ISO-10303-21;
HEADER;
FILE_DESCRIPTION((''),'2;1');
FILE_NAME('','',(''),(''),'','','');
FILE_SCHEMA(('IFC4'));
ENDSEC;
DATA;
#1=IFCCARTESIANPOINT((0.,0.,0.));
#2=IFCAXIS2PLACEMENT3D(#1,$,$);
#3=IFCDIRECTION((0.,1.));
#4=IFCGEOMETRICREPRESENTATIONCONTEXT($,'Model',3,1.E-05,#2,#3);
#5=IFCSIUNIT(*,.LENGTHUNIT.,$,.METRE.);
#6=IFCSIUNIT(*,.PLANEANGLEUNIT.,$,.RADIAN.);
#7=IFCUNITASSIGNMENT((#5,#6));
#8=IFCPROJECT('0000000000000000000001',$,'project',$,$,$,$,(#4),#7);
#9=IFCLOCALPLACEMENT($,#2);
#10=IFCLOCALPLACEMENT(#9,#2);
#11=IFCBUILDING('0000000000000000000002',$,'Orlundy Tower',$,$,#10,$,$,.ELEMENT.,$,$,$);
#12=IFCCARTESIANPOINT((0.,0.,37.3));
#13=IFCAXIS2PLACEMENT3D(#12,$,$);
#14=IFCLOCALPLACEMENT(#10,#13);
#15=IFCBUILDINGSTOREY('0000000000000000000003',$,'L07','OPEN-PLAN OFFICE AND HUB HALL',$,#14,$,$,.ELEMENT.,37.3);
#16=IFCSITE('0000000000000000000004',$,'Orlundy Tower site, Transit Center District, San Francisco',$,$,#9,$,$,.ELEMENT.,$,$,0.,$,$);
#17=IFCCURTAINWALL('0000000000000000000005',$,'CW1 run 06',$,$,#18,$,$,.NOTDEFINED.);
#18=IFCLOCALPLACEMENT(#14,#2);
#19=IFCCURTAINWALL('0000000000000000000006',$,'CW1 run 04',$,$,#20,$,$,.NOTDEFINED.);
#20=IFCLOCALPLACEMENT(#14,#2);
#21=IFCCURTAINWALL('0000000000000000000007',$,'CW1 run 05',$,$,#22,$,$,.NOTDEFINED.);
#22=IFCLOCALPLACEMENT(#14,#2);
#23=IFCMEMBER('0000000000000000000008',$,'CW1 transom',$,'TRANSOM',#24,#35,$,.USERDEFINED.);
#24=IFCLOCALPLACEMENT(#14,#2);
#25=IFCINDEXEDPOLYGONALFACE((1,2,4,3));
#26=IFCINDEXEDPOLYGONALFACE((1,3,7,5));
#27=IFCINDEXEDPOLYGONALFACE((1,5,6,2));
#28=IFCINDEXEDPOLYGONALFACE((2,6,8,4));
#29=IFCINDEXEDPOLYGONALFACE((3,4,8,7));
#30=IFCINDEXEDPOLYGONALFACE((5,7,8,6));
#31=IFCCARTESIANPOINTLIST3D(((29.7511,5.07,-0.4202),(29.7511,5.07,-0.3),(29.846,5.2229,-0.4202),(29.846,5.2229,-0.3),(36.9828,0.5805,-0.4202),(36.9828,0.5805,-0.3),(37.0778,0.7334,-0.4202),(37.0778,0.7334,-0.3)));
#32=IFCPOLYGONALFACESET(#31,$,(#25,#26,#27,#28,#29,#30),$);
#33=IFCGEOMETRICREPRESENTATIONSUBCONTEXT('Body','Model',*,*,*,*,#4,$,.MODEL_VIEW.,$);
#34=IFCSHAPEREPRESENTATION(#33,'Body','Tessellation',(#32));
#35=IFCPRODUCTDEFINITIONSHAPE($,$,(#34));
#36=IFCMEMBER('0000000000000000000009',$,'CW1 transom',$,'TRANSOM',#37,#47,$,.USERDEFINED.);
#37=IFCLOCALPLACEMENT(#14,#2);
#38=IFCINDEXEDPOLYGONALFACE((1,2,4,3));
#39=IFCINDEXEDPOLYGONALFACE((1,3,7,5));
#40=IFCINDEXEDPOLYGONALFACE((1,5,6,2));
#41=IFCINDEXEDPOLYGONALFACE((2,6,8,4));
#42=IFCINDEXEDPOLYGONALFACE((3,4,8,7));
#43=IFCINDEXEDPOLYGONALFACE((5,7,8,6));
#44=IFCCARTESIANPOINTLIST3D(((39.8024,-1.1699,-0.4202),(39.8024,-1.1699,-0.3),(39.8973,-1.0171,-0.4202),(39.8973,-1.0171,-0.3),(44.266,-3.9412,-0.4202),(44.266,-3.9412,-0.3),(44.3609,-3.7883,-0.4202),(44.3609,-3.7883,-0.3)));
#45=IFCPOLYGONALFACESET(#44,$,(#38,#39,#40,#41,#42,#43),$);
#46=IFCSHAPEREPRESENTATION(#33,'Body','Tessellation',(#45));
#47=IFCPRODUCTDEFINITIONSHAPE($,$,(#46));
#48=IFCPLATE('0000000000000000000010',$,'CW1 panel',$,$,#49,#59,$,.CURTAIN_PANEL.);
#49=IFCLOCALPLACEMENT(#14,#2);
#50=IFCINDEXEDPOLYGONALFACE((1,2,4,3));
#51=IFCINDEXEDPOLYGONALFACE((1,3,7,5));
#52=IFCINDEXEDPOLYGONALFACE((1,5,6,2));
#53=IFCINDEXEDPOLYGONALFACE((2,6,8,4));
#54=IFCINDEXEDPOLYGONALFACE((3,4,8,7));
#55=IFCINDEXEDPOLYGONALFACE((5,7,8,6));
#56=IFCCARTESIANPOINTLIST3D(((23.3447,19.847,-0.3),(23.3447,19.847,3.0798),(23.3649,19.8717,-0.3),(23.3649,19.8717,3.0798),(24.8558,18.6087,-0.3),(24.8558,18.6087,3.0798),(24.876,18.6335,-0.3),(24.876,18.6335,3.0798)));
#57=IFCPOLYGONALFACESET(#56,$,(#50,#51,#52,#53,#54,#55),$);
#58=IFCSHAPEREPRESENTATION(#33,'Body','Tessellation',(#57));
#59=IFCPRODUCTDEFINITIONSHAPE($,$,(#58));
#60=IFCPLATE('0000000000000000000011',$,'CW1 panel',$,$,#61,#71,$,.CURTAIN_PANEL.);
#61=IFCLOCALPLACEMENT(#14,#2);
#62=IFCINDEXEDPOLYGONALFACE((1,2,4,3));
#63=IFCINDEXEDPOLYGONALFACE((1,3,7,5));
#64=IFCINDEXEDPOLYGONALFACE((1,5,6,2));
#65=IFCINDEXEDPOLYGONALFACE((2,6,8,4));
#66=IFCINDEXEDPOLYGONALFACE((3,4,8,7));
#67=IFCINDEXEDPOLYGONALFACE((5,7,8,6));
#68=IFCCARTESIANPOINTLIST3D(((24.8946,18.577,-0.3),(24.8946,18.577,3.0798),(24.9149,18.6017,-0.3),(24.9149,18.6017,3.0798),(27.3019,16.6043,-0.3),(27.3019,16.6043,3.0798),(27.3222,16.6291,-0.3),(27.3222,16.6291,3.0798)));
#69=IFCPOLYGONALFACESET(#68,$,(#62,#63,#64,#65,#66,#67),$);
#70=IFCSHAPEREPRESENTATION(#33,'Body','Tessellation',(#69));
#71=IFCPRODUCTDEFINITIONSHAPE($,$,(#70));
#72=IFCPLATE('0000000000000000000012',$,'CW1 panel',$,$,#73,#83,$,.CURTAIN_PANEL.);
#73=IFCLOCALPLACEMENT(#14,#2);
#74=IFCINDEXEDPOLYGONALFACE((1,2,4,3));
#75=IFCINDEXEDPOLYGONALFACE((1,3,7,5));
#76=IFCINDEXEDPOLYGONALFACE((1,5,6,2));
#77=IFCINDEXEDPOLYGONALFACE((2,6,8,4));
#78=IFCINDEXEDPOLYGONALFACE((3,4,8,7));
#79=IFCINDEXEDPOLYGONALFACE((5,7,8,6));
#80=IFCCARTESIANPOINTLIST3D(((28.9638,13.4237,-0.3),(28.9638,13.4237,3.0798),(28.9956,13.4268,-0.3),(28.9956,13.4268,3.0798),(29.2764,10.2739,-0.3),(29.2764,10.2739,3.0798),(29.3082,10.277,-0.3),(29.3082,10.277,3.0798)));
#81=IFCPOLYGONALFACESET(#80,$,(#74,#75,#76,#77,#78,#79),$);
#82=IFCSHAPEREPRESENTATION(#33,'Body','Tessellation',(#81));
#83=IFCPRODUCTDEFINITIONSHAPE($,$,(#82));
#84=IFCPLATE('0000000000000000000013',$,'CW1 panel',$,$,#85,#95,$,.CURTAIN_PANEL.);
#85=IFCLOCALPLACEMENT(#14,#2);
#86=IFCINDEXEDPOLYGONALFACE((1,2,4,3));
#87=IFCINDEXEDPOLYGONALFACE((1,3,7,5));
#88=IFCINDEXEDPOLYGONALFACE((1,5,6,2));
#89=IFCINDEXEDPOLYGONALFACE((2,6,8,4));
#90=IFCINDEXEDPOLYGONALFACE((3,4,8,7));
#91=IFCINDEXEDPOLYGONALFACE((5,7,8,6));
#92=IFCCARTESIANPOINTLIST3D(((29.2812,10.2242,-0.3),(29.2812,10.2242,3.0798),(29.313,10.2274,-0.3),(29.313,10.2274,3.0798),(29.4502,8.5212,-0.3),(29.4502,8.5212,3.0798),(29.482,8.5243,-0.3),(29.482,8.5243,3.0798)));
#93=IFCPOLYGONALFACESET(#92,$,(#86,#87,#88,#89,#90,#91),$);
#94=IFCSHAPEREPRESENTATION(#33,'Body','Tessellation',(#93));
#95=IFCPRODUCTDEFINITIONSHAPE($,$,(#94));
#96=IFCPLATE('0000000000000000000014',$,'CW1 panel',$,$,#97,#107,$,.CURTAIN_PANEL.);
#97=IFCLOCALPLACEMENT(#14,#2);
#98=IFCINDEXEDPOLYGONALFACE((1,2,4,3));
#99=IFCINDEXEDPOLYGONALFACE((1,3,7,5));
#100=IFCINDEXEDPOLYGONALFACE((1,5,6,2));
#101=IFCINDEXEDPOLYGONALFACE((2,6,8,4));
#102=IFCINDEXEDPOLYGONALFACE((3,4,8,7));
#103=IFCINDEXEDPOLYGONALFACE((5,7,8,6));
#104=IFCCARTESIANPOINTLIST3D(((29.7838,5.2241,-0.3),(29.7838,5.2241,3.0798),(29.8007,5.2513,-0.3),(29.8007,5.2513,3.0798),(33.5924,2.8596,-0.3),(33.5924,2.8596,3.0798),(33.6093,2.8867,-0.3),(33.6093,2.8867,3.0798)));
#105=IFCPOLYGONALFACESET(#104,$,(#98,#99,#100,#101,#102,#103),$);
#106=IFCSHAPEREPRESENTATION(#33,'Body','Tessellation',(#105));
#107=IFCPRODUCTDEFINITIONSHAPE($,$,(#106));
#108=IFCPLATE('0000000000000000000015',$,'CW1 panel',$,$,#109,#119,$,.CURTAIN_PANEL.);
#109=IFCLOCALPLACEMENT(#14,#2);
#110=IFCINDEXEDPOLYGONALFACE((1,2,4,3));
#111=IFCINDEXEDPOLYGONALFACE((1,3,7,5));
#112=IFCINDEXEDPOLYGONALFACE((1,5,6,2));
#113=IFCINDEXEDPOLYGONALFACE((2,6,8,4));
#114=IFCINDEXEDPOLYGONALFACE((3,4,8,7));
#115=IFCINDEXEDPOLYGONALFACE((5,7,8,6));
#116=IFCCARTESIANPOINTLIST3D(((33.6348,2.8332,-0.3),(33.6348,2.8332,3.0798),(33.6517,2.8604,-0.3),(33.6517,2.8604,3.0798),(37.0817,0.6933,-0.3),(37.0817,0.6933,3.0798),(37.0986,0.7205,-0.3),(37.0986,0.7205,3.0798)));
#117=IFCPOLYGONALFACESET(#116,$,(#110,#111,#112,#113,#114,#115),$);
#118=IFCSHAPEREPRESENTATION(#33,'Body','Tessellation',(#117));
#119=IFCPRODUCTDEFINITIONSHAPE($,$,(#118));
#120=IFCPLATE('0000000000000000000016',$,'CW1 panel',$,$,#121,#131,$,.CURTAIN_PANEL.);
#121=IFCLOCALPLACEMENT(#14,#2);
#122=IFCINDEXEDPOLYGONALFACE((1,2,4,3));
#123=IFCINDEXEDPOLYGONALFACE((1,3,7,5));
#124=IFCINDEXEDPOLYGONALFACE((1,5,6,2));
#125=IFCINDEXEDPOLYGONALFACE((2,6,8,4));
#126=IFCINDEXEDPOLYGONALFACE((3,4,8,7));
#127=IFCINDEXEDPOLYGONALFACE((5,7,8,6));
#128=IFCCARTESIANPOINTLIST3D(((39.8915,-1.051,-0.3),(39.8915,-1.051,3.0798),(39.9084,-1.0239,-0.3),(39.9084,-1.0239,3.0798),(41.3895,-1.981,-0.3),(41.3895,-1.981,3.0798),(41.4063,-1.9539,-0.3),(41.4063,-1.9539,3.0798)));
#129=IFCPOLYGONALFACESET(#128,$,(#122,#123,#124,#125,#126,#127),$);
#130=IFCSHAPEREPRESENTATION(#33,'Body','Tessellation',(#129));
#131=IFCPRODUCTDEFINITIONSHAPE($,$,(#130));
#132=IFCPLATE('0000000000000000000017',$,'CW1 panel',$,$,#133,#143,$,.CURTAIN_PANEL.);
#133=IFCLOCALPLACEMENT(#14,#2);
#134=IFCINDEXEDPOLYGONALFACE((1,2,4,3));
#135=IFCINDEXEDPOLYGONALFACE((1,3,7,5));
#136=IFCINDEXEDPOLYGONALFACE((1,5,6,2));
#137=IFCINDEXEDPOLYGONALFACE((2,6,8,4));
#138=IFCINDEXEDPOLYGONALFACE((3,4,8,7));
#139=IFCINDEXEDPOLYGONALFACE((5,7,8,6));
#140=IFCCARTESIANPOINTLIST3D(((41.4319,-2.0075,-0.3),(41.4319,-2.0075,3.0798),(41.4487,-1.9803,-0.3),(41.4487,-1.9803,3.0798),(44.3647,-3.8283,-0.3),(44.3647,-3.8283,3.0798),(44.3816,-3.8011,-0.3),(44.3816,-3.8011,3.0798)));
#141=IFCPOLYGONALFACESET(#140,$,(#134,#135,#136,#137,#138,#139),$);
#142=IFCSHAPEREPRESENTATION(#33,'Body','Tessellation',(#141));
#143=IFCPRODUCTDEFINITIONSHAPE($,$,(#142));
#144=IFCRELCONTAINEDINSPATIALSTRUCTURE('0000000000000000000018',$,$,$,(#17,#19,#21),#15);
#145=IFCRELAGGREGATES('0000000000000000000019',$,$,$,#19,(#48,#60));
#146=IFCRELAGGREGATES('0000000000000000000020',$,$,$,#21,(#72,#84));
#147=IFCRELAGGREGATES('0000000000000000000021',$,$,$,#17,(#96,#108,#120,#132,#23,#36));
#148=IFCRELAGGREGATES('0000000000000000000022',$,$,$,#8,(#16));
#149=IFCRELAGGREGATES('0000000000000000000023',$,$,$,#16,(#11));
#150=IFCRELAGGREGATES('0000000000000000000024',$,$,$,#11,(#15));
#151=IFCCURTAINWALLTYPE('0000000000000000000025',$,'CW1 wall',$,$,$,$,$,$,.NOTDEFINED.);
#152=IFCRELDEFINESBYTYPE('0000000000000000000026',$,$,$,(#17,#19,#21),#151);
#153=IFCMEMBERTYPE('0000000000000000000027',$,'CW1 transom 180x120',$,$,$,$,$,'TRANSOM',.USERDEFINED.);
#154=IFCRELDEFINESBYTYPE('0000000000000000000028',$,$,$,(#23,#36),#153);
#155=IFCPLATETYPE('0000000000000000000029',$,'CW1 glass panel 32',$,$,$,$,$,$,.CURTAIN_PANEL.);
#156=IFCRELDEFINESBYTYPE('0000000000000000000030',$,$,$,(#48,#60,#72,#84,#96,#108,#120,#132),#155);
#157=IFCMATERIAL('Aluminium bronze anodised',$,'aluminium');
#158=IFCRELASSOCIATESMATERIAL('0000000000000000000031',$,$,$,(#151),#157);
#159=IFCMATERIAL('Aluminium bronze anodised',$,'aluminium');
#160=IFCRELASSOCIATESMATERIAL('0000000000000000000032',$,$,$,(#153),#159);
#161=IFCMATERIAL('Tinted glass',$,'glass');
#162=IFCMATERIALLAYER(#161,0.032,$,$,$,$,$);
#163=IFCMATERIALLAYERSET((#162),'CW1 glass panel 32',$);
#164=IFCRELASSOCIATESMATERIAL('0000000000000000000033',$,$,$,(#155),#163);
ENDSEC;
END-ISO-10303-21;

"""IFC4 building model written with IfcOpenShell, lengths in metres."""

from ifc_helpers import new_model, si_unit, direction, frame, origin, origin_2d, place, context, subcontext, project, spatial, rectangle, extrude, material, layer, layer_set, material_profile, profile_set, type_object, element, aggregate, save


model = new_model("IFC4")

# Units and contexts
model_context = context("Model", 3, precision=1e-05, world=origin(), true_north=direction((0.0, 1.0)))
body_context = subcontext(model_context, "Body", "Model", "MODEL_VIEW")
ifc_project = project(units=[si_unit("LENGTHUNIT", "METRE"), si_unit("PLANEANGLEUNIT", "RADIAN")], contexts=[model_context])

# Site, building, storey
site_placement = place(None, origin())
site = spatial("IfcSite", under=ifc_project, at=site_placement, Name="Orlundy Tower site, Transit Center District, San Francisco", CompositionType="ELEMENT", RefElevation=0.0)
building_placement = place(site_placement, origin())
building = spatial("IfcBuilding", under=site, at=building_placement, Name="Orlundy Tower", CompositionType="ELEMENT")
storey_placement = place(building_placement, frame((0.0, 0.0, 37.3)))
storey = spatial("IfcBuildingStorey", under=building, at=storey_placement, Name="L07", Description="OPEN-PLAN OFFICE AND HUB HALL", CompositionType="ELEMENT", Elevation=37.3)

# Curtain walls
ifc_material_1 = material(Name="Aluminium bronze anodised", Category="aluminium")
curtain_wall_type = type_object("IfcCurtainWallType", Name="CW1 wall", PredefinedType="NOTDEFINED", material=ifc_material_1)
curtain_wall_1_placement = place(storey_placement, origin())
curtain_wall_1 = element("IfcCurtainWall", 1, at=curtain_wall_1_placement, inside=storey, type_object=curtain_wall_type, Name="CW1 run 06", PredefinedType="NOTDEFINED")
curtain_wall_2_placement = place(storey_placement, origin())
curtain_wall_2 = element("IfcCurtainWall", 2, at=curtain_wall_2_placement, inside=storey, type_object=curtain_wall_type, Name="CW1 run 04", PredefinedType="NOTDEFINED")
curtain_wall_3_placement = place(storey_placement, origin())
curtain_wall_3 = element("IfcCurtainWall", 3, at=curtain_wall_3_placement, inside=storey, type_object=curtain_wall_type, Name="CW1 run 05", PredefinedType="NOTDEFINED")

# Members
ifc_material_2 = material(Name="Aluminium bronze anodised", Category="aluminium")
ifc_material_profile_1 = material_profile(ifc_material_2, rectangle(XDim=0.1799, YDim=0.1201, at=origin_2d()), Name="CW1 transom 180x120")
ifc_profile_set_1 = profile_set([ifc_material_profile_1], Name="Aluminium bronze anodised")
member_type_1 = type_object("IfcMemberType", Name="CW1 transom 180x120", ElementType="TRANSOM", PredefinedType="USERDEFINED", material=ifc_profile_set_1)
member_1_placement = place(storey_placement, frame((29.7986, 5.1465, -0.3601), z_axis=(0.849595, -0.527436, 0.0), x_axis=(0.527436, 0.849595, 0.0)))
member_1 = element("IfcMember", 4, at=member_1_placement, type_object=member_type_1, Name="CW1 transom", ObjectType="TRANSOM", PredefinedType="USERDEFINED", context=body_context, shape_type="SweptSolid", body=[
    extrude(rectangle(XDim=0.1799, YDim=0.1201, at=origin_2d()), origin(), (0.0, 0.0, 1.0), 8.512),
])
member_2_placement = place(storey_placement, frame((39.8499, -1.0935, -0.3601), z_axis=(0.849579, -0.527461, 0.0), x_axis=(0.527461, 0.849579, 0.0)))
member_2 = element("IfcMember", 5, at=member_2_placement, type_object=member_type_1, Name="CW1 transom", ObjectType="TRANSOM", PredefinedType="USERDEFINED", context=body_context, shape_type="SweptSolid", body=[
    extrude(rectangle(XDim=0.1799, YDim=0.1201, at=origin_2d()), origin(), (0.0, 0.0, 1.0), 5.2539),
])

# Plates
ifc_material_3 = material(Name="Tinted glass", Category="glass")
ifc_layer = layer(ifc_material_3, 0.032)
ifc_layer_set = layer_set([ifc_layer], Name="CW1 glass panel 32")
plate_type = type_object("IfcPlateType", Name="CW1 glass panel 32", PredefinedType="CURTAIN_PANEL", material=ifc_layer_set)
plate_1_placement = place(storey_placement, frame((24.1104, 19.2402, -0.3), z_axis=(0.0, 0.0, 1.0), x_axis=(0.773482, -0.633818, 0.0)))
plate_1 = element("IfcPlate", 6, at=plate_1_placement, type_object=plate_type, Name="CW1 panel", PredefinedType="CURTAIN_PANEL", context=body_context, shape_type="SweptSolid", body=[
    extrude(rectangle(XDim=1.9536, YDim=0.032, at=origin_2d()), origin(), (0.0, 0.0, 1.0), 3.3799),
])
plate_2_placement = place(storey_placement, frame((26.1084, 17.603, -0.3), z_axis=(0.0, 0.0, 1.0), x_axis=(0.773482, -0.633818, 0.0)))
plate_2 = element("IfcPlate", 7, at=plate_2_placement, type_object=plate_type, Name="CW1 panel", PredefinedType="CURTAIN_PANEL", context=body_context, shape_type="SweptSolid", body=[
    extrude(rectangle(XDim=3.1123, YDim=0.032, at=origin_2d()), origin(), (0.0, 0.0, 1.0), 3.3799),
])
aggregate(curtain_wall_2, [plate_1, plate_2])
plate_3_placement = place(storey_placement, frame((29.136, 11.8503, -0.3), z_axis=(0.0, 0.0, 1.0), x_axis=(0.098759, -0.995111, 0.0)))
plate_3 = element("IfcPlate", 8, at=plate_3_placement, type_object=plate_type, Name="CW1 panel", PredefinedType="CURTAIN_PANEL", context=body_context, shape_type="SweptSolid", body=[
    extrude(rectangle(XDim=3.1653, YDim=0.032, at=origin_2d()), origin(), (0.0, 0.0, 1.0), 3.3799),
])
plate_4_placement = place(storey_placement, frame((29.3816, 9.3743, -0.3), z_axis=(0.0, 0.0, 1.0), x_axis=(0.098759, -0.995111, 0.0)))
plate_4 = element("IfcPlate", 9, at=plate_4_placement, type_object=plate_type, Name="CW1 panel", PredefinedType="CURTAIN_PANEL", context=body_context, shape_type="SweptSolid", body=[
    extrude(rectangle(XDim=1.7114, YDim=0.032, at=origin_2d()), origin(), (0.0, 0.0, 1.0), 3.3799),
])
aggregate(curtain_wall_3, [plate_3, plate_4])
plate_5_placement = place(storey_placement, frame((31.6965, 4.0554, -0.3), z_axis=(0.0, 0.0, 1.0), x_axis=(0.849584, -0.527453, 0.0)))
plate_5 = element("IfcPlate", 10, at=plate_5_placement, type_object=plate_type, Name="CW1 panel", PredefinedType="CURTAIN_PANEL", context=body_context, shape_type="SweptSolid", body=[
    extrude(rectangle(XDim=4.4829, YDim=0.032, at=origin_2d()), origin(), (0.0, 0.0, 1.0), 3.3799),
])
plate_6_placement = place(storey_placement, frame((35.3667, 1.7769, -0.3), z_axis=(0.0, 0.0, 1.0), x_axis=(0.849584, -0.527453, 0.0)))
plate_6 = element("IfcPlate", 11, at=plate_6_placement, type_object=plate_type, Name="CW1 panel", PredefinedType="CURTAIN_PANEL", context=body_context, shape_type="SweptSolid", body=[
    extrude(rectangle(XDim=4.0571, YDim=0.032, at=origin_2d()), origin(), (0.0, 0.0, 1.0), 3.3799),
])
plate_7_placement = place(storey_placement, frame((40.6489, -1.5024, -0.3), z_axis=(0.0, 0.0, 1.0), x_axis=(0.849584, -0.527453, 0.0)))
plate_7 = element("IfcPlate", 12, at=plate_7_placement, type_object=plate_type, Name="CW1 panel", PredefinedType="CURTAIN_PANEL", context=body_context, shape_type="SweptSolid", body=[
    extrude(rectangle(XDim=1.7632, YDim=0.032, at=origin_2d()), origin(), (0.0, 0.0, 1.0), 3.3799),
])
plate_8_placement = place(storey_placement, frame((42.9067, -2.9043, -0.3), z_axis=(0.0, 0.0, 1.0), x_axis=(0.849584, -0.527453, 0.0)))
plate_8 = element("IfcPlate", 13, at=plate_8_placement, type_object=plate_type, Name="CW1 panel", PredefinedType="CURTAIN_PANEL", context=body_context, shape_type="SweptSolid", body=[
    extrude(rectangle(XDim=3.4521, YDim=0.032, at=origin_2d()), origin(), (0.0, 0.0, 1.0), 3.3799),
])
aggregate(curtain_wall_1, [plate_5, plate_6, plate_7, plate_8, member_1, member_2])

save(model, "model.ifc")
